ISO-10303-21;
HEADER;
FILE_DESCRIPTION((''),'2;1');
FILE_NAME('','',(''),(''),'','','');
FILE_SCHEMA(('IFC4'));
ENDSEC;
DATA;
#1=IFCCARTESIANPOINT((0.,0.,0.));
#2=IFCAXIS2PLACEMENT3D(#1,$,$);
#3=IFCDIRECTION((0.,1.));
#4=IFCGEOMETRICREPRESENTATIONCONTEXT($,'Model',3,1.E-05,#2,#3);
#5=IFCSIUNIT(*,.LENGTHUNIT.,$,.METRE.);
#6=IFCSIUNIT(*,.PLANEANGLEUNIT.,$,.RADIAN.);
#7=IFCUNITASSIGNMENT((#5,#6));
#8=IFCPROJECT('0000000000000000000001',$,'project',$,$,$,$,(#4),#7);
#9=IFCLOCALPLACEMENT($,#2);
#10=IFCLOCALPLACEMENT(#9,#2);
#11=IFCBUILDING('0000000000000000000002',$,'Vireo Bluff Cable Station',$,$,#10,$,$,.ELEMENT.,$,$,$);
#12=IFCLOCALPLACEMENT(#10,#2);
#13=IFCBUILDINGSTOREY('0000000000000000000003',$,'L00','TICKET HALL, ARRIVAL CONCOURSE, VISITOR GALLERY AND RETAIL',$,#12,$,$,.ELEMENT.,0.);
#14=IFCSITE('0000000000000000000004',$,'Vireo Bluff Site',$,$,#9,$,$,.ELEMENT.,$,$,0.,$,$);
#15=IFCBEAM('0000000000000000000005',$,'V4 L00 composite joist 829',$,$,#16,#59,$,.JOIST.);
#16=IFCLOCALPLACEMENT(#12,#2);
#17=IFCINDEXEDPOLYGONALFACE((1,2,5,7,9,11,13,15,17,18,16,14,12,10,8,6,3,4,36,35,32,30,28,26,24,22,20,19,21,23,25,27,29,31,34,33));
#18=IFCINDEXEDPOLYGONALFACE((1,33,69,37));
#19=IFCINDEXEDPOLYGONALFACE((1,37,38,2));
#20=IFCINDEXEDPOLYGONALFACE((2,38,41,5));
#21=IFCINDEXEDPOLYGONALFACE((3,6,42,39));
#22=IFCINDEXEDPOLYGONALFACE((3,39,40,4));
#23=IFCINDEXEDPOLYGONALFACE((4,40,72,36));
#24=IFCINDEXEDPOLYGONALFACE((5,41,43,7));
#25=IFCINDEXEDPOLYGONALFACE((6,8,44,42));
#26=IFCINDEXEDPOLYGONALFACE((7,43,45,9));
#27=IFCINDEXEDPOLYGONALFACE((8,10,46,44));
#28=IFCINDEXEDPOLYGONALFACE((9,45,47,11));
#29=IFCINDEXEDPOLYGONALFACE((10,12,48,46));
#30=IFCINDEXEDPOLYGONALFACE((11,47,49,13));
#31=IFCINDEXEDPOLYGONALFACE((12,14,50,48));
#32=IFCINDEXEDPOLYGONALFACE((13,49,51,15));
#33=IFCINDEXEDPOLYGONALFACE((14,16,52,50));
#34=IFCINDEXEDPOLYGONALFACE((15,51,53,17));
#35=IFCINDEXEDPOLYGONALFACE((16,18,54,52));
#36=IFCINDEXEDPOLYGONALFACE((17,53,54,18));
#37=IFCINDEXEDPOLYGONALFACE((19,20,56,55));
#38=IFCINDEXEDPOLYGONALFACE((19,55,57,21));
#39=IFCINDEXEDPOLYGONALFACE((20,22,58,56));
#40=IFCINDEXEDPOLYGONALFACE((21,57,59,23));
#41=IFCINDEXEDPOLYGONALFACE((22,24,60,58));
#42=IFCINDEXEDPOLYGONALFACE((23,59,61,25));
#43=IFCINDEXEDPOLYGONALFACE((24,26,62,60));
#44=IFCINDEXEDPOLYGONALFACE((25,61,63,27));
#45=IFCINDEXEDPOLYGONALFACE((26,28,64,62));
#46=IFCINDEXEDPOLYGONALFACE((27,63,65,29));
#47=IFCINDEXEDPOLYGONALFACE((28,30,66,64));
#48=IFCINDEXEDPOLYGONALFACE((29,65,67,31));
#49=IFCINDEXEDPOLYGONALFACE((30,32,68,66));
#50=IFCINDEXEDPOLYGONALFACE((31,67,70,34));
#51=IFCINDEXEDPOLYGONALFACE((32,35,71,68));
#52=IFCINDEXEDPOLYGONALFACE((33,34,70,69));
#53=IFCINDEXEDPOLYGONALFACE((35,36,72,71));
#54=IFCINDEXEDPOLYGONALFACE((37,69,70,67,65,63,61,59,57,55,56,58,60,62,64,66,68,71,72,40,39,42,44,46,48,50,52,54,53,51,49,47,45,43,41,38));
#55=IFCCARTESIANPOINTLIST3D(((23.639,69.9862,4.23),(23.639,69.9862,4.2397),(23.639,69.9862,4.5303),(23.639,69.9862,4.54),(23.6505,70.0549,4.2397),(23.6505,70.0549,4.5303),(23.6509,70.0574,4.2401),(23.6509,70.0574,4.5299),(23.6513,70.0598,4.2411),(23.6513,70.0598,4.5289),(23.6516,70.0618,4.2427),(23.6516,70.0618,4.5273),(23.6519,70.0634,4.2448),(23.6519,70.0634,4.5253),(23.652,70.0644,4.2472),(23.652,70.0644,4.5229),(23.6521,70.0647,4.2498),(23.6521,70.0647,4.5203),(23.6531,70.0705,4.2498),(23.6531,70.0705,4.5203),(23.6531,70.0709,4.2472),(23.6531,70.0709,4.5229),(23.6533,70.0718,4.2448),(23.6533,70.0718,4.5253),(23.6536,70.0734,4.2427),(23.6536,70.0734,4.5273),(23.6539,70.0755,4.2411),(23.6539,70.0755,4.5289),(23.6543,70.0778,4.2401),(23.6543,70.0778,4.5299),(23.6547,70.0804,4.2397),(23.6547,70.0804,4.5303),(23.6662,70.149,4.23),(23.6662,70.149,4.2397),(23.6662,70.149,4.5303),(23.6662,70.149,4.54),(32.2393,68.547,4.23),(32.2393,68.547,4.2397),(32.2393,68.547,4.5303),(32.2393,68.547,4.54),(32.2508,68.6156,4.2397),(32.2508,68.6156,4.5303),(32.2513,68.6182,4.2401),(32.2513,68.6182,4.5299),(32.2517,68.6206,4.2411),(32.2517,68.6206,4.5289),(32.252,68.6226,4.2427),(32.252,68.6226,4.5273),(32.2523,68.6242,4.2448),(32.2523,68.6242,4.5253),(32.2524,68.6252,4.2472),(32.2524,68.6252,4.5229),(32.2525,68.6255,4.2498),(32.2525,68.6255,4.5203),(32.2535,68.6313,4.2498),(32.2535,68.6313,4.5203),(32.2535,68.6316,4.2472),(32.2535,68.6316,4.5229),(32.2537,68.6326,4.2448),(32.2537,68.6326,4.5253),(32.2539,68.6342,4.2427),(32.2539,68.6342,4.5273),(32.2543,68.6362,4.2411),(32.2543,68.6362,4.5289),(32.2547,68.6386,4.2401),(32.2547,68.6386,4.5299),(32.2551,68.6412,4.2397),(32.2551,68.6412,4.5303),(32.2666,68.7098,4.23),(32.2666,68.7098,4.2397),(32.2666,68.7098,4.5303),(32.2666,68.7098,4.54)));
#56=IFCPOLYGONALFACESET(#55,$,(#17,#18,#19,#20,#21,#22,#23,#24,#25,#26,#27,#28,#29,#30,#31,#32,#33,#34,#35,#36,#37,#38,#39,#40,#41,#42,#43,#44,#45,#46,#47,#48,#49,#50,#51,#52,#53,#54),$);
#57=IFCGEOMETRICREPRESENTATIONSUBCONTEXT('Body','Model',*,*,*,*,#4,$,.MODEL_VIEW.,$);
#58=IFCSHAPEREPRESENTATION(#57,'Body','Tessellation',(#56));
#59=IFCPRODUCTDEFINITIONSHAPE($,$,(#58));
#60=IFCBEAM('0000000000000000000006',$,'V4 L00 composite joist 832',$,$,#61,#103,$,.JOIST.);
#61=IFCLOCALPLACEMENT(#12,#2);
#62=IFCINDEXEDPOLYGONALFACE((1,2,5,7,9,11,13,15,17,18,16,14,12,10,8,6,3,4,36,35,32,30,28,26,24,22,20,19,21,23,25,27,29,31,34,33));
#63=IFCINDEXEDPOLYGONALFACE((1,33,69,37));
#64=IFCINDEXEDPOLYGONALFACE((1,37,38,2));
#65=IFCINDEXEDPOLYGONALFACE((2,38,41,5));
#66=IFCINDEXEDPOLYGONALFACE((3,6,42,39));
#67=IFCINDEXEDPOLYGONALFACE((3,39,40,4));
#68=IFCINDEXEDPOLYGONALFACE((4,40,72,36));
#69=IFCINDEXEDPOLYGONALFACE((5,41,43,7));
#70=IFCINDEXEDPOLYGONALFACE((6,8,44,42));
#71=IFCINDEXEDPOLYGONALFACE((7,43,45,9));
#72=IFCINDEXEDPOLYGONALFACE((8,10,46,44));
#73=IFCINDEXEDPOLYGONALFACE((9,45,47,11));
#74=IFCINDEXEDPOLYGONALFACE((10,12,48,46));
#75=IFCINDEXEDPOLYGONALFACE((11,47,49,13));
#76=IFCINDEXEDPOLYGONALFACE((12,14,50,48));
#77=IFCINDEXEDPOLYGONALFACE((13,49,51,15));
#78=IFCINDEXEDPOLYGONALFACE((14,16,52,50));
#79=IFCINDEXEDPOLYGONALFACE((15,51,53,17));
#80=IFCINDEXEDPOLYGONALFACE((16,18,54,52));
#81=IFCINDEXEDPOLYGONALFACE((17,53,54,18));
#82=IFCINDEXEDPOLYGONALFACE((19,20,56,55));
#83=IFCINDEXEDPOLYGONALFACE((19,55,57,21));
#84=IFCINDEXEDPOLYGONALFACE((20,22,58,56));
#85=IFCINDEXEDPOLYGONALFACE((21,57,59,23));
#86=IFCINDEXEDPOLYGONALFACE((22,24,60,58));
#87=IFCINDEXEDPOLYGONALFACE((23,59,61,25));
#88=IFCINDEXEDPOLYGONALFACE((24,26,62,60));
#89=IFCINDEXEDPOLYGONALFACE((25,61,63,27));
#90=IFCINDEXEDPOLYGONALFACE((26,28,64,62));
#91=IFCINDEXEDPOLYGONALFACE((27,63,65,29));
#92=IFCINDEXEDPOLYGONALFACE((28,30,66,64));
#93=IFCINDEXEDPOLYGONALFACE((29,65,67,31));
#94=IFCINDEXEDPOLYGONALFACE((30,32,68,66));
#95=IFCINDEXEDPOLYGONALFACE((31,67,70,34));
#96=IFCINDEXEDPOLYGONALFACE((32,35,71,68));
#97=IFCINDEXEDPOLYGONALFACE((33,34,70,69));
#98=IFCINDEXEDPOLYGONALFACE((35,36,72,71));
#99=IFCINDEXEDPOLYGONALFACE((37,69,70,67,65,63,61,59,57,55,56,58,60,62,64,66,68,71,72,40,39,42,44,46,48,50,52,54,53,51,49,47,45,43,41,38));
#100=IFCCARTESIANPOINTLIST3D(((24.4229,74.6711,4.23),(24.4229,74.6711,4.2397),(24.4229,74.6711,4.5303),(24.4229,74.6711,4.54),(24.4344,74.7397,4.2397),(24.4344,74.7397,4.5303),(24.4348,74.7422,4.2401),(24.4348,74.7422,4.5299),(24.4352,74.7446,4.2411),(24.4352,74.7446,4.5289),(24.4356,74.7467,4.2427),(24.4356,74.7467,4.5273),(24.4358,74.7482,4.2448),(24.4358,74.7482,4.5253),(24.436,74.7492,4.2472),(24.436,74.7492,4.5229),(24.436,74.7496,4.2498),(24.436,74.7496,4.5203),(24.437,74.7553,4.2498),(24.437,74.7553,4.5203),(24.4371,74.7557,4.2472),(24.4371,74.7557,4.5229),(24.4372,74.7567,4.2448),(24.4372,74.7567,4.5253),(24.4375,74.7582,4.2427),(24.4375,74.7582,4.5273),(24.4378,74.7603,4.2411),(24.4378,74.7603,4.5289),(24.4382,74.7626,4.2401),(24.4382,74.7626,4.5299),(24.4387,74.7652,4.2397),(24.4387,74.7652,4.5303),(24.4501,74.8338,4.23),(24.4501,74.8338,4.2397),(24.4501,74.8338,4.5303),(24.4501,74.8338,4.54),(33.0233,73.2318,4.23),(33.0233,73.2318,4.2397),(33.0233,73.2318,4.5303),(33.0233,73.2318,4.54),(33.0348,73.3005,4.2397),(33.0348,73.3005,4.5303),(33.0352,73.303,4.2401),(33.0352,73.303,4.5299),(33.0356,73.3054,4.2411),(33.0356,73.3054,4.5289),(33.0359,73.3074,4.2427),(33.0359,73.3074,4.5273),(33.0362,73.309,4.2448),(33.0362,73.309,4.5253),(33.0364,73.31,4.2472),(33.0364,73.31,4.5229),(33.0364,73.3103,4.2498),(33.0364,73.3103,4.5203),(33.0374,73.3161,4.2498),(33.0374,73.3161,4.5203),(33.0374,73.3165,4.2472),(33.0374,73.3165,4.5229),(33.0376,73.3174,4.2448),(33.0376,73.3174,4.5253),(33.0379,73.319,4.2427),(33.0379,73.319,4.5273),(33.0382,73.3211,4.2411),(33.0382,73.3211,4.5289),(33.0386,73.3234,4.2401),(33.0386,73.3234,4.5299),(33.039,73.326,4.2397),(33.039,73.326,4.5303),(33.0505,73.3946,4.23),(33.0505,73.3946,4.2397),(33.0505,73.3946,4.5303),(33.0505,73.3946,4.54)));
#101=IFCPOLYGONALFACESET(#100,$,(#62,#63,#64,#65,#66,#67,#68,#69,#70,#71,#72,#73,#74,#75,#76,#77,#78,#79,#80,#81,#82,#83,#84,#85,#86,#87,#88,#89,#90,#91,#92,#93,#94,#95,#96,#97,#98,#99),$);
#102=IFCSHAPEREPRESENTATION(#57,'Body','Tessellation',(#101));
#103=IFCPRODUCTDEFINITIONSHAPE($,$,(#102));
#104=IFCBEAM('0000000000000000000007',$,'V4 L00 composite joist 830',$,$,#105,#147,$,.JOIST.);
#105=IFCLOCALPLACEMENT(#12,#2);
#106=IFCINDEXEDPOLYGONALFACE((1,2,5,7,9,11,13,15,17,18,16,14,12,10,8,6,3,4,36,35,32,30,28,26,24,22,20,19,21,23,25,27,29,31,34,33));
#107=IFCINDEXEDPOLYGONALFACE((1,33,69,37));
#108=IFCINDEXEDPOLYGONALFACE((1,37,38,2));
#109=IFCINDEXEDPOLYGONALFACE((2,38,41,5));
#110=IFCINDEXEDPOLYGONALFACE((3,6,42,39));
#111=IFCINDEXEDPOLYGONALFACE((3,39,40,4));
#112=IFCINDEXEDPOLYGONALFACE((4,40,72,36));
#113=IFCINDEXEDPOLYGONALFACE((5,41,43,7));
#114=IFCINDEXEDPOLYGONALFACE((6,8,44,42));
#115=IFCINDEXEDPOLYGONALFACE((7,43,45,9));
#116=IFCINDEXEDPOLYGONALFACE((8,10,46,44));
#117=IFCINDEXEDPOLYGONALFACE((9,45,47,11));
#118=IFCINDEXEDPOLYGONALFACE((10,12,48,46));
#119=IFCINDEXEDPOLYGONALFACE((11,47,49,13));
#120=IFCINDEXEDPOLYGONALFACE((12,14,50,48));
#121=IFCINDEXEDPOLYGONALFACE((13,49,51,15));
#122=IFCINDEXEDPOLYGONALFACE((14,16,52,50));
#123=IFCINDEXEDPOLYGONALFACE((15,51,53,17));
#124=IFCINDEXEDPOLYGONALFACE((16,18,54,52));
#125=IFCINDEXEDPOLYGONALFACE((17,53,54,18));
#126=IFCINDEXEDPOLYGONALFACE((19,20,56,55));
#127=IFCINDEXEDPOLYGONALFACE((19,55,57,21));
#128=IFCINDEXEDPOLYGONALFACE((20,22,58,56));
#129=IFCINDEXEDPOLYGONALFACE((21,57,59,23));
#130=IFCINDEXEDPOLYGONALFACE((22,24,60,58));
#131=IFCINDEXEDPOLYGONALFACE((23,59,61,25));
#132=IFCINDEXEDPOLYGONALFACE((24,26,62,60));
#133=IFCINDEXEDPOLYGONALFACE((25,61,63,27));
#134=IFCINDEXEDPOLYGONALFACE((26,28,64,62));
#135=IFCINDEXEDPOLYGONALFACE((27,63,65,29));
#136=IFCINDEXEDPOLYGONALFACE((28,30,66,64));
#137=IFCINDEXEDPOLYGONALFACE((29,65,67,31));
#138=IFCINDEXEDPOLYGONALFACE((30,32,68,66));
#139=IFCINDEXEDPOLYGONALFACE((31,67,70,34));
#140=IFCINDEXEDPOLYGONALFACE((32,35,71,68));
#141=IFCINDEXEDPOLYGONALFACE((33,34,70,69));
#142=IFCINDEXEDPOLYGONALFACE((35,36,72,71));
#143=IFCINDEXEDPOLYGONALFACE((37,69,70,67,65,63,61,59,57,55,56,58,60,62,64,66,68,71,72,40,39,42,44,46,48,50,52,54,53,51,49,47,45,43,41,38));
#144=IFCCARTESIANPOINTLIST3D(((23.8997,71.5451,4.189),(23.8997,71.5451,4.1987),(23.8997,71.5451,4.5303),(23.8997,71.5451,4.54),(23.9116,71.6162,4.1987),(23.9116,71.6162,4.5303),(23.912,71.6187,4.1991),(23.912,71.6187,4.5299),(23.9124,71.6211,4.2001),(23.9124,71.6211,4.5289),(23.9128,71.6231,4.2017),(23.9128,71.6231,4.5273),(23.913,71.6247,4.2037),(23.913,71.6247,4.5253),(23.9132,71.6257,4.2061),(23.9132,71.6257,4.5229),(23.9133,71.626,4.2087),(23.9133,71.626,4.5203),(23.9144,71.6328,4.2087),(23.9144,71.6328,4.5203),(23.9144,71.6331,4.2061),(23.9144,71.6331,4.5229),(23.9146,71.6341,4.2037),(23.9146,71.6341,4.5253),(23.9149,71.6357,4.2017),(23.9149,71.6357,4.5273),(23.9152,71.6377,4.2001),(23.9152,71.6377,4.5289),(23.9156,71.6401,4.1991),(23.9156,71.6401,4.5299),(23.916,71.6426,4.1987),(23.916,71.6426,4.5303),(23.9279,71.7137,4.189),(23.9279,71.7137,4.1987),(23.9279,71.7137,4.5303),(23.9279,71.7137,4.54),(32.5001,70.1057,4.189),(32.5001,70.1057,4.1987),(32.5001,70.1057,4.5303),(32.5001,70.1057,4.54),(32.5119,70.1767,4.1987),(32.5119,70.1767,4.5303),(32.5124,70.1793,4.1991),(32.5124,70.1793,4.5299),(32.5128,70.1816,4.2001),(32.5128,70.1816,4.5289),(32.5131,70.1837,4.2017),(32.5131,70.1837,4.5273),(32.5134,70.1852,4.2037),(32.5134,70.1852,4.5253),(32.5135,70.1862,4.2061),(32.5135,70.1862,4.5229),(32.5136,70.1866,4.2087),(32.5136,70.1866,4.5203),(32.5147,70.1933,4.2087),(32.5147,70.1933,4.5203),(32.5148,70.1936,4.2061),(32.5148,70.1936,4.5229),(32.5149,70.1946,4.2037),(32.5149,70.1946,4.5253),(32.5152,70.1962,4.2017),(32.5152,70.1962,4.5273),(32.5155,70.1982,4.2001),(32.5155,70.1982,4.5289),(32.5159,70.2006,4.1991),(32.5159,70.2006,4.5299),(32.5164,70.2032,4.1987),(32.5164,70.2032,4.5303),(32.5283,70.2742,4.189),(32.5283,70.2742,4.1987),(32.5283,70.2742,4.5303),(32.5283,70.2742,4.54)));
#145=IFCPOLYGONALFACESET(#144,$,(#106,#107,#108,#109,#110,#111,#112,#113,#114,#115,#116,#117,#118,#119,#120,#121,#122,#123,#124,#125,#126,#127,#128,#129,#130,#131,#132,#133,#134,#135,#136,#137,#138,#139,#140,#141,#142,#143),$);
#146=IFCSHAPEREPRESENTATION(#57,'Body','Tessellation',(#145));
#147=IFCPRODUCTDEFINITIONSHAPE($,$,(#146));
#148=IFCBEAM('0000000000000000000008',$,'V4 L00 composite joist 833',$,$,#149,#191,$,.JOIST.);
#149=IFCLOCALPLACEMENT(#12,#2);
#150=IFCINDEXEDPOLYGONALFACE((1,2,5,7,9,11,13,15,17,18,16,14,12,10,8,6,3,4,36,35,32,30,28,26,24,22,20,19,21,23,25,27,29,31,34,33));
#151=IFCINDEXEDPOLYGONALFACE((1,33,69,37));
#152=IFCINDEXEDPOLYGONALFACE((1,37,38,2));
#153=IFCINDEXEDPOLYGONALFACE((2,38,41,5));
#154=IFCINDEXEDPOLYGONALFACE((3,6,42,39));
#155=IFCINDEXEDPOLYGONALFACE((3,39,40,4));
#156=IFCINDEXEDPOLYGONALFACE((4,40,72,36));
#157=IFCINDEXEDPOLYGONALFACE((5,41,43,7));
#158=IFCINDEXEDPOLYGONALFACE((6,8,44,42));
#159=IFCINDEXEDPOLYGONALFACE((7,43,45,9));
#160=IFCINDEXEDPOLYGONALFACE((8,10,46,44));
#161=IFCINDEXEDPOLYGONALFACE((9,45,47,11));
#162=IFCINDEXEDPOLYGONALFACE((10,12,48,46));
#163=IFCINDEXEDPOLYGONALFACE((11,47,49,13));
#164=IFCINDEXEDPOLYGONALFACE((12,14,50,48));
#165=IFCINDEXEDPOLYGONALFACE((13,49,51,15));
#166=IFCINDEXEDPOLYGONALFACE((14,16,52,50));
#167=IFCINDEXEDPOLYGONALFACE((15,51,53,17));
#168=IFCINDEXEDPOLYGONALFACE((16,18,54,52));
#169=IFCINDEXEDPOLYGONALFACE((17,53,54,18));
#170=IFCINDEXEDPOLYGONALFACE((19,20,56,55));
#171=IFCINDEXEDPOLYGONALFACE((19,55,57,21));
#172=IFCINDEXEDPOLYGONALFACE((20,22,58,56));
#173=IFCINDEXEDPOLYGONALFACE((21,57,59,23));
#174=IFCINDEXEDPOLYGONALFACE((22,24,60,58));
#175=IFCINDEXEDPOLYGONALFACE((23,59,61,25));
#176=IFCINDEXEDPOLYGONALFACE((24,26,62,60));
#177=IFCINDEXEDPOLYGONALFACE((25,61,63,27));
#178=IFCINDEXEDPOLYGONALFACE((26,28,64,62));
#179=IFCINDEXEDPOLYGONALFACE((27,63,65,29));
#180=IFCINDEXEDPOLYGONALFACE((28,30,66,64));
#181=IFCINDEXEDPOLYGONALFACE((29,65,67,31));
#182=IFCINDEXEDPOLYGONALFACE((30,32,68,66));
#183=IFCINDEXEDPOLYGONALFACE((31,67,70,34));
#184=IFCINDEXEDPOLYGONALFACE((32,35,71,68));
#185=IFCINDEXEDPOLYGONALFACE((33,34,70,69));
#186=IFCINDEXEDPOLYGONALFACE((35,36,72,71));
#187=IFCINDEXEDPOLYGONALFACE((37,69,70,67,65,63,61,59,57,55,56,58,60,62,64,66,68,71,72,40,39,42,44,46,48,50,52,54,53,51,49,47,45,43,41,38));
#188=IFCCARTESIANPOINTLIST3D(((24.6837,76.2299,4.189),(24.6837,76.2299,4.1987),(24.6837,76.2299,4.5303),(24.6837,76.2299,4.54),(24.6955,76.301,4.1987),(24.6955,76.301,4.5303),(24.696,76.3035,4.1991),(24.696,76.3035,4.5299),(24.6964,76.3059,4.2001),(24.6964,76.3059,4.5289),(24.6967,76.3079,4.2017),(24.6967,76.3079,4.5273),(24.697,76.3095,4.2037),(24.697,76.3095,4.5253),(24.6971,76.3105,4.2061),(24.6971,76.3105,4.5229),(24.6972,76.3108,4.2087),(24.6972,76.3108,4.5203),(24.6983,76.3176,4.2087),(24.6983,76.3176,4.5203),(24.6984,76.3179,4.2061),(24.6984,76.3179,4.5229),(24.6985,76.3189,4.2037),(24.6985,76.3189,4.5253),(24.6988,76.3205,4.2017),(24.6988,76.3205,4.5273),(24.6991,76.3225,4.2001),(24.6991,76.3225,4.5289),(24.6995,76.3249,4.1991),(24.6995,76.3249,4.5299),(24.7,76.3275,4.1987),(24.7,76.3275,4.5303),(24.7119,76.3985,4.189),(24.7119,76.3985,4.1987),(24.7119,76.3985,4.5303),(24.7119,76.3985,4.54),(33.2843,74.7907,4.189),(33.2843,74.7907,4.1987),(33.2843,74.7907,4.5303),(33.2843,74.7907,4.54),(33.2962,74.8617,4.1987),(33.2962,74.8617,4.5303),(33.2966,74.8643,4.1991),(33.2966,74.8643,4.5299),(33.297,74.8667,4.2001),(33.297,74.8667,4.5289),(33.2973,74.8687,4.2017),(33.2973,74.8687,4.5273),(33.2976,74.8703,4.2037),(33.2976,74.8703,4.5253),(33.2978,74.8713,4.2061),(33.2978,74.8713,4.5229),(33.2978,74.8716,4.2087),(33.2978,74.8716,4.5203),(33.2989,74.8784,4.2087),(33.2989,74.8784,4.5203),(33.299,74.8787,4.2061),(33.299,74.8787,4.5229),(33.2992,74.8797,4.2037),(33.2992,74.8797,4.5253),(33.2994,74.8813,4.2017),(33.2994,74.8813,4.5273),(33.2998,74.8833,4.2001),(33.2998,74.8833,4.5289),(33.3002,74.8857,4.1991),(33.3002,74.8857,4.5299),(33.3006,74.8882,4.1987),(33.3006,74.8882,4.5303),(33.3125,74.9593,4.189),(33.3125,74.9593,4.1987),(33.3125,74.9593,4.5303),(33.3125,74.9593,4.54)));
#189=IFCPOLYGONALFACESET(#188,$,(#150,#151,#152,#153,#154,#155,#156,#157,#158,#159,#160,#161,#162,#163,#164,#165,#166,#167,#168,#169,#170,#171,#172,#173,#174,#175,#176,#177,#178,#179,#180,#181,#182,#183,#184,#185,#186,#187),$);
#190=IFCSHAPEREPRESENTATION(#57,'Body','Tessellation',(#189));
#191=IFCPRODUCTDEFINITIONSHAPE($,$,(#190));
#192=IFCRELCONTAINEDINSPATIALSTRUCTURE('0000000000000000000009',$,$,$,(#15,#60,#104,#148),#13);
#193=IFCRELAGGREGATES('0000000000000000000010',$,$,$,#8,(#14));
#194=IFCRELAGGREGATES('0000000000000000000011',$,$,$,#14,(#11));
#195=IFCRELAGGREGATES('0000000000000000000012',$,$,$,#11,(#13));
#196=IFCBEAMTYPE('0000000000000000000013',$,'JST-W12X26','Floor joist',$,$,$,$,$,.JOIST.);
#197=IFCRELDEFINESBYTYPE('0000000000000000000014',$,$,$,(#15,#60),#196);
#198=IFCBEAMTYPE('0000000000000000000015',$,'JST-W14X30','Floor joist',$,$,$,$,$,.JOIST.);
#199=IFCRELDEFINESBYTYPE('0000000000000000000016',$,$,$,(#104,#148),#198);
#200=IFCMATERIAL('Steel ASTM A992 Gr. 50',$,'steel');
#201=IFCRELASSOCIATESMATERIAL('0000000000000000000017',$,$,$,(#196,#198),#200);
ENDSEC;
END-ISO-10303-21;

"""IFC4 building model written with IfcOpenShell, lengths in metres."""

from ifc_helpers import new_model, si_unit, direction, frame, origin, origin_2d, place, context, subcontext, project, spatial, i_section, extrude, material, material_profile, profile_set, type_object, element, save


model = new_model("IFC4")

# Units and contexts
model_context = context("Model", 3, precision=1e-05, world=origin(), true_north=direction((0.0, 1.0)))
body_context = subcontext(model_context, "Body", "Model", "MODEL_VIEW")
ifc_project = project(units=[si_unit("LENGTHUNIT", "METRE"), si_unit("PLANEANGLEUNIT", "RADIAN")], contexts=[model_context])

# Site, building, storey
site_placement = place(None, origin())
site = spatial("IfcSite", under=ifc_project, at=site_placement, Name="Vireo Bluff Site", CompositionType="ELEMENT", RefElevation=0.0)
building_placement = place(site_placement, origin())
building = spatial("IfcBuilding", under=site, at=building_placement, Name="Vireo Bluff Cable Station", CompositionType="ELEMENT")
storey_placement = place(building_placement, origin())
storey = spatial("IfcBuildingStorey", under=building, at=storey_placement, Name="L00", Description="TICKET HALL, ARRIVAL CONCOURSE, VISITOR GALLERY AND RETAIL", CompositionType="ELEMENT", Elevation=0.0)

# Shared definitions
ifc_material_1 = material(Name="Steel ASTM A992 Gr. 50", Category="steel")

# Beams
ifc_material_profile_1 = material_profile(ifc_material_1, i_section(OverallWidth=0.165, OverallDepth=0.3101, WebThickness=0.0059, FlangeThickness=0.0098, FilletRadius=0.01, at=origin_2d()), Name="W12X26")
ifc_profile_set_1 = profile_set([ifc_material_profile_1], Name="Steel ASTM A992 Gr. 50")
beam_type_1 = type_object("IfcBeamType", Name="JST-W12X26", Description="Floor joist", PredefinedType="JOIST", material=ifc_profile_set_1)
for number, where, z_axis, x_axis, name in (
    (1, (23.6526, 70.0676, 4.385), (0.986286, -0.165048, 0.0), (0.165048, 0.986286, 0.0), "V4 L00 composite joist 829"),
    (2, (24.4365, 74.7524, 4.385), (0.986286, -0.165048, 0.0), (0.165048, 0.986286, 0.0), "V4 L00 composite joist 832"),
):
    element("IfcBeam", number, at=place(storey_placement, frame(where, z_axis=z_axis, x_axis=x_axis)), inside=storey, type_object=beam_type_1, Name=name, PredefinedType="JOIST", context=body_context, shape_type="SweptSolid", body=[
        extrude(i_section(OverallWidth=0.165, OverallDepth=0.3101, WebThickness=0.0059, FlangeThickness=0.0098, FilletRadius=0.01, at=origin_2d()), origin(), (0.0, 0.0, 1.0), 8.72),
    ])
ifc_material_profile_2 = material_profile(ifc_material_1, i_section(OverallWidth=0.1709, OverallDepth=0.3511, WebThickness=0.0068, FlangeThickness=0.0098, FilletRadius=0.01, at=origin_2d()), Name="W14X30")
ifc_profile_set_2 = profile_set([ifc_material_profile_2], Name="Steel ASTM A992 Gr. 50")
beam_type_2 = type_object("IfcBeamType", Name="JST-W14X30", Description="Floor joist", PredefinedType="JOIST", material=ifc_profile_set_2)
beam_1_placement = place(storey_placement, frame((23.9138, 71.6294, 4.3645), z_axis=(0.986281, -0.165075, 0.0), x_axis=(0.165075, 0.986281, 0.0)))
element("IfcBeam", 3, at=beam_1_placement, inside=storey, type_object=beam_type_2, Name="V4 L00 composite joist 830", PredefinedType="JOIST", context=body_context, shape_type="SweptSolid", body=[
    extrude(i_section(OverallWidth=0.1709, OverallDepth=0.3511, WebThickness=0.0068, FlangeThickness=0.0098, FilletRadius=0.01, at=origin_2d()), origin(), (0.0, 0.0, 1.0), 8.72),
])
beam_2_placement = place(storey_placement, frame((24.6978, 76.3142, 4.3645), z_axis=(0.986286, -0.165044, 0.0), x_axis=(0.165044, 0.986286, 0.0)))
element("IfcBeam", 4, at=beam_2_placement, inside=storey, type_object=beam_type_2, Name="V4 L00 composite joist 833", PredefinedType="JOIST", context=body_context, shape_type="SweptSolid", body=[
    extrude(i_section(OverallWidth=0.1709, OverallDepth=0.3511, WebThickness=0.0068, FlangeThickness=0.0098, FilletRadius=0.01, at=origin_2d()), origin(), (0.0, 0.0, 1.0), 8.7202),
])

save(model, "model.ifc")
